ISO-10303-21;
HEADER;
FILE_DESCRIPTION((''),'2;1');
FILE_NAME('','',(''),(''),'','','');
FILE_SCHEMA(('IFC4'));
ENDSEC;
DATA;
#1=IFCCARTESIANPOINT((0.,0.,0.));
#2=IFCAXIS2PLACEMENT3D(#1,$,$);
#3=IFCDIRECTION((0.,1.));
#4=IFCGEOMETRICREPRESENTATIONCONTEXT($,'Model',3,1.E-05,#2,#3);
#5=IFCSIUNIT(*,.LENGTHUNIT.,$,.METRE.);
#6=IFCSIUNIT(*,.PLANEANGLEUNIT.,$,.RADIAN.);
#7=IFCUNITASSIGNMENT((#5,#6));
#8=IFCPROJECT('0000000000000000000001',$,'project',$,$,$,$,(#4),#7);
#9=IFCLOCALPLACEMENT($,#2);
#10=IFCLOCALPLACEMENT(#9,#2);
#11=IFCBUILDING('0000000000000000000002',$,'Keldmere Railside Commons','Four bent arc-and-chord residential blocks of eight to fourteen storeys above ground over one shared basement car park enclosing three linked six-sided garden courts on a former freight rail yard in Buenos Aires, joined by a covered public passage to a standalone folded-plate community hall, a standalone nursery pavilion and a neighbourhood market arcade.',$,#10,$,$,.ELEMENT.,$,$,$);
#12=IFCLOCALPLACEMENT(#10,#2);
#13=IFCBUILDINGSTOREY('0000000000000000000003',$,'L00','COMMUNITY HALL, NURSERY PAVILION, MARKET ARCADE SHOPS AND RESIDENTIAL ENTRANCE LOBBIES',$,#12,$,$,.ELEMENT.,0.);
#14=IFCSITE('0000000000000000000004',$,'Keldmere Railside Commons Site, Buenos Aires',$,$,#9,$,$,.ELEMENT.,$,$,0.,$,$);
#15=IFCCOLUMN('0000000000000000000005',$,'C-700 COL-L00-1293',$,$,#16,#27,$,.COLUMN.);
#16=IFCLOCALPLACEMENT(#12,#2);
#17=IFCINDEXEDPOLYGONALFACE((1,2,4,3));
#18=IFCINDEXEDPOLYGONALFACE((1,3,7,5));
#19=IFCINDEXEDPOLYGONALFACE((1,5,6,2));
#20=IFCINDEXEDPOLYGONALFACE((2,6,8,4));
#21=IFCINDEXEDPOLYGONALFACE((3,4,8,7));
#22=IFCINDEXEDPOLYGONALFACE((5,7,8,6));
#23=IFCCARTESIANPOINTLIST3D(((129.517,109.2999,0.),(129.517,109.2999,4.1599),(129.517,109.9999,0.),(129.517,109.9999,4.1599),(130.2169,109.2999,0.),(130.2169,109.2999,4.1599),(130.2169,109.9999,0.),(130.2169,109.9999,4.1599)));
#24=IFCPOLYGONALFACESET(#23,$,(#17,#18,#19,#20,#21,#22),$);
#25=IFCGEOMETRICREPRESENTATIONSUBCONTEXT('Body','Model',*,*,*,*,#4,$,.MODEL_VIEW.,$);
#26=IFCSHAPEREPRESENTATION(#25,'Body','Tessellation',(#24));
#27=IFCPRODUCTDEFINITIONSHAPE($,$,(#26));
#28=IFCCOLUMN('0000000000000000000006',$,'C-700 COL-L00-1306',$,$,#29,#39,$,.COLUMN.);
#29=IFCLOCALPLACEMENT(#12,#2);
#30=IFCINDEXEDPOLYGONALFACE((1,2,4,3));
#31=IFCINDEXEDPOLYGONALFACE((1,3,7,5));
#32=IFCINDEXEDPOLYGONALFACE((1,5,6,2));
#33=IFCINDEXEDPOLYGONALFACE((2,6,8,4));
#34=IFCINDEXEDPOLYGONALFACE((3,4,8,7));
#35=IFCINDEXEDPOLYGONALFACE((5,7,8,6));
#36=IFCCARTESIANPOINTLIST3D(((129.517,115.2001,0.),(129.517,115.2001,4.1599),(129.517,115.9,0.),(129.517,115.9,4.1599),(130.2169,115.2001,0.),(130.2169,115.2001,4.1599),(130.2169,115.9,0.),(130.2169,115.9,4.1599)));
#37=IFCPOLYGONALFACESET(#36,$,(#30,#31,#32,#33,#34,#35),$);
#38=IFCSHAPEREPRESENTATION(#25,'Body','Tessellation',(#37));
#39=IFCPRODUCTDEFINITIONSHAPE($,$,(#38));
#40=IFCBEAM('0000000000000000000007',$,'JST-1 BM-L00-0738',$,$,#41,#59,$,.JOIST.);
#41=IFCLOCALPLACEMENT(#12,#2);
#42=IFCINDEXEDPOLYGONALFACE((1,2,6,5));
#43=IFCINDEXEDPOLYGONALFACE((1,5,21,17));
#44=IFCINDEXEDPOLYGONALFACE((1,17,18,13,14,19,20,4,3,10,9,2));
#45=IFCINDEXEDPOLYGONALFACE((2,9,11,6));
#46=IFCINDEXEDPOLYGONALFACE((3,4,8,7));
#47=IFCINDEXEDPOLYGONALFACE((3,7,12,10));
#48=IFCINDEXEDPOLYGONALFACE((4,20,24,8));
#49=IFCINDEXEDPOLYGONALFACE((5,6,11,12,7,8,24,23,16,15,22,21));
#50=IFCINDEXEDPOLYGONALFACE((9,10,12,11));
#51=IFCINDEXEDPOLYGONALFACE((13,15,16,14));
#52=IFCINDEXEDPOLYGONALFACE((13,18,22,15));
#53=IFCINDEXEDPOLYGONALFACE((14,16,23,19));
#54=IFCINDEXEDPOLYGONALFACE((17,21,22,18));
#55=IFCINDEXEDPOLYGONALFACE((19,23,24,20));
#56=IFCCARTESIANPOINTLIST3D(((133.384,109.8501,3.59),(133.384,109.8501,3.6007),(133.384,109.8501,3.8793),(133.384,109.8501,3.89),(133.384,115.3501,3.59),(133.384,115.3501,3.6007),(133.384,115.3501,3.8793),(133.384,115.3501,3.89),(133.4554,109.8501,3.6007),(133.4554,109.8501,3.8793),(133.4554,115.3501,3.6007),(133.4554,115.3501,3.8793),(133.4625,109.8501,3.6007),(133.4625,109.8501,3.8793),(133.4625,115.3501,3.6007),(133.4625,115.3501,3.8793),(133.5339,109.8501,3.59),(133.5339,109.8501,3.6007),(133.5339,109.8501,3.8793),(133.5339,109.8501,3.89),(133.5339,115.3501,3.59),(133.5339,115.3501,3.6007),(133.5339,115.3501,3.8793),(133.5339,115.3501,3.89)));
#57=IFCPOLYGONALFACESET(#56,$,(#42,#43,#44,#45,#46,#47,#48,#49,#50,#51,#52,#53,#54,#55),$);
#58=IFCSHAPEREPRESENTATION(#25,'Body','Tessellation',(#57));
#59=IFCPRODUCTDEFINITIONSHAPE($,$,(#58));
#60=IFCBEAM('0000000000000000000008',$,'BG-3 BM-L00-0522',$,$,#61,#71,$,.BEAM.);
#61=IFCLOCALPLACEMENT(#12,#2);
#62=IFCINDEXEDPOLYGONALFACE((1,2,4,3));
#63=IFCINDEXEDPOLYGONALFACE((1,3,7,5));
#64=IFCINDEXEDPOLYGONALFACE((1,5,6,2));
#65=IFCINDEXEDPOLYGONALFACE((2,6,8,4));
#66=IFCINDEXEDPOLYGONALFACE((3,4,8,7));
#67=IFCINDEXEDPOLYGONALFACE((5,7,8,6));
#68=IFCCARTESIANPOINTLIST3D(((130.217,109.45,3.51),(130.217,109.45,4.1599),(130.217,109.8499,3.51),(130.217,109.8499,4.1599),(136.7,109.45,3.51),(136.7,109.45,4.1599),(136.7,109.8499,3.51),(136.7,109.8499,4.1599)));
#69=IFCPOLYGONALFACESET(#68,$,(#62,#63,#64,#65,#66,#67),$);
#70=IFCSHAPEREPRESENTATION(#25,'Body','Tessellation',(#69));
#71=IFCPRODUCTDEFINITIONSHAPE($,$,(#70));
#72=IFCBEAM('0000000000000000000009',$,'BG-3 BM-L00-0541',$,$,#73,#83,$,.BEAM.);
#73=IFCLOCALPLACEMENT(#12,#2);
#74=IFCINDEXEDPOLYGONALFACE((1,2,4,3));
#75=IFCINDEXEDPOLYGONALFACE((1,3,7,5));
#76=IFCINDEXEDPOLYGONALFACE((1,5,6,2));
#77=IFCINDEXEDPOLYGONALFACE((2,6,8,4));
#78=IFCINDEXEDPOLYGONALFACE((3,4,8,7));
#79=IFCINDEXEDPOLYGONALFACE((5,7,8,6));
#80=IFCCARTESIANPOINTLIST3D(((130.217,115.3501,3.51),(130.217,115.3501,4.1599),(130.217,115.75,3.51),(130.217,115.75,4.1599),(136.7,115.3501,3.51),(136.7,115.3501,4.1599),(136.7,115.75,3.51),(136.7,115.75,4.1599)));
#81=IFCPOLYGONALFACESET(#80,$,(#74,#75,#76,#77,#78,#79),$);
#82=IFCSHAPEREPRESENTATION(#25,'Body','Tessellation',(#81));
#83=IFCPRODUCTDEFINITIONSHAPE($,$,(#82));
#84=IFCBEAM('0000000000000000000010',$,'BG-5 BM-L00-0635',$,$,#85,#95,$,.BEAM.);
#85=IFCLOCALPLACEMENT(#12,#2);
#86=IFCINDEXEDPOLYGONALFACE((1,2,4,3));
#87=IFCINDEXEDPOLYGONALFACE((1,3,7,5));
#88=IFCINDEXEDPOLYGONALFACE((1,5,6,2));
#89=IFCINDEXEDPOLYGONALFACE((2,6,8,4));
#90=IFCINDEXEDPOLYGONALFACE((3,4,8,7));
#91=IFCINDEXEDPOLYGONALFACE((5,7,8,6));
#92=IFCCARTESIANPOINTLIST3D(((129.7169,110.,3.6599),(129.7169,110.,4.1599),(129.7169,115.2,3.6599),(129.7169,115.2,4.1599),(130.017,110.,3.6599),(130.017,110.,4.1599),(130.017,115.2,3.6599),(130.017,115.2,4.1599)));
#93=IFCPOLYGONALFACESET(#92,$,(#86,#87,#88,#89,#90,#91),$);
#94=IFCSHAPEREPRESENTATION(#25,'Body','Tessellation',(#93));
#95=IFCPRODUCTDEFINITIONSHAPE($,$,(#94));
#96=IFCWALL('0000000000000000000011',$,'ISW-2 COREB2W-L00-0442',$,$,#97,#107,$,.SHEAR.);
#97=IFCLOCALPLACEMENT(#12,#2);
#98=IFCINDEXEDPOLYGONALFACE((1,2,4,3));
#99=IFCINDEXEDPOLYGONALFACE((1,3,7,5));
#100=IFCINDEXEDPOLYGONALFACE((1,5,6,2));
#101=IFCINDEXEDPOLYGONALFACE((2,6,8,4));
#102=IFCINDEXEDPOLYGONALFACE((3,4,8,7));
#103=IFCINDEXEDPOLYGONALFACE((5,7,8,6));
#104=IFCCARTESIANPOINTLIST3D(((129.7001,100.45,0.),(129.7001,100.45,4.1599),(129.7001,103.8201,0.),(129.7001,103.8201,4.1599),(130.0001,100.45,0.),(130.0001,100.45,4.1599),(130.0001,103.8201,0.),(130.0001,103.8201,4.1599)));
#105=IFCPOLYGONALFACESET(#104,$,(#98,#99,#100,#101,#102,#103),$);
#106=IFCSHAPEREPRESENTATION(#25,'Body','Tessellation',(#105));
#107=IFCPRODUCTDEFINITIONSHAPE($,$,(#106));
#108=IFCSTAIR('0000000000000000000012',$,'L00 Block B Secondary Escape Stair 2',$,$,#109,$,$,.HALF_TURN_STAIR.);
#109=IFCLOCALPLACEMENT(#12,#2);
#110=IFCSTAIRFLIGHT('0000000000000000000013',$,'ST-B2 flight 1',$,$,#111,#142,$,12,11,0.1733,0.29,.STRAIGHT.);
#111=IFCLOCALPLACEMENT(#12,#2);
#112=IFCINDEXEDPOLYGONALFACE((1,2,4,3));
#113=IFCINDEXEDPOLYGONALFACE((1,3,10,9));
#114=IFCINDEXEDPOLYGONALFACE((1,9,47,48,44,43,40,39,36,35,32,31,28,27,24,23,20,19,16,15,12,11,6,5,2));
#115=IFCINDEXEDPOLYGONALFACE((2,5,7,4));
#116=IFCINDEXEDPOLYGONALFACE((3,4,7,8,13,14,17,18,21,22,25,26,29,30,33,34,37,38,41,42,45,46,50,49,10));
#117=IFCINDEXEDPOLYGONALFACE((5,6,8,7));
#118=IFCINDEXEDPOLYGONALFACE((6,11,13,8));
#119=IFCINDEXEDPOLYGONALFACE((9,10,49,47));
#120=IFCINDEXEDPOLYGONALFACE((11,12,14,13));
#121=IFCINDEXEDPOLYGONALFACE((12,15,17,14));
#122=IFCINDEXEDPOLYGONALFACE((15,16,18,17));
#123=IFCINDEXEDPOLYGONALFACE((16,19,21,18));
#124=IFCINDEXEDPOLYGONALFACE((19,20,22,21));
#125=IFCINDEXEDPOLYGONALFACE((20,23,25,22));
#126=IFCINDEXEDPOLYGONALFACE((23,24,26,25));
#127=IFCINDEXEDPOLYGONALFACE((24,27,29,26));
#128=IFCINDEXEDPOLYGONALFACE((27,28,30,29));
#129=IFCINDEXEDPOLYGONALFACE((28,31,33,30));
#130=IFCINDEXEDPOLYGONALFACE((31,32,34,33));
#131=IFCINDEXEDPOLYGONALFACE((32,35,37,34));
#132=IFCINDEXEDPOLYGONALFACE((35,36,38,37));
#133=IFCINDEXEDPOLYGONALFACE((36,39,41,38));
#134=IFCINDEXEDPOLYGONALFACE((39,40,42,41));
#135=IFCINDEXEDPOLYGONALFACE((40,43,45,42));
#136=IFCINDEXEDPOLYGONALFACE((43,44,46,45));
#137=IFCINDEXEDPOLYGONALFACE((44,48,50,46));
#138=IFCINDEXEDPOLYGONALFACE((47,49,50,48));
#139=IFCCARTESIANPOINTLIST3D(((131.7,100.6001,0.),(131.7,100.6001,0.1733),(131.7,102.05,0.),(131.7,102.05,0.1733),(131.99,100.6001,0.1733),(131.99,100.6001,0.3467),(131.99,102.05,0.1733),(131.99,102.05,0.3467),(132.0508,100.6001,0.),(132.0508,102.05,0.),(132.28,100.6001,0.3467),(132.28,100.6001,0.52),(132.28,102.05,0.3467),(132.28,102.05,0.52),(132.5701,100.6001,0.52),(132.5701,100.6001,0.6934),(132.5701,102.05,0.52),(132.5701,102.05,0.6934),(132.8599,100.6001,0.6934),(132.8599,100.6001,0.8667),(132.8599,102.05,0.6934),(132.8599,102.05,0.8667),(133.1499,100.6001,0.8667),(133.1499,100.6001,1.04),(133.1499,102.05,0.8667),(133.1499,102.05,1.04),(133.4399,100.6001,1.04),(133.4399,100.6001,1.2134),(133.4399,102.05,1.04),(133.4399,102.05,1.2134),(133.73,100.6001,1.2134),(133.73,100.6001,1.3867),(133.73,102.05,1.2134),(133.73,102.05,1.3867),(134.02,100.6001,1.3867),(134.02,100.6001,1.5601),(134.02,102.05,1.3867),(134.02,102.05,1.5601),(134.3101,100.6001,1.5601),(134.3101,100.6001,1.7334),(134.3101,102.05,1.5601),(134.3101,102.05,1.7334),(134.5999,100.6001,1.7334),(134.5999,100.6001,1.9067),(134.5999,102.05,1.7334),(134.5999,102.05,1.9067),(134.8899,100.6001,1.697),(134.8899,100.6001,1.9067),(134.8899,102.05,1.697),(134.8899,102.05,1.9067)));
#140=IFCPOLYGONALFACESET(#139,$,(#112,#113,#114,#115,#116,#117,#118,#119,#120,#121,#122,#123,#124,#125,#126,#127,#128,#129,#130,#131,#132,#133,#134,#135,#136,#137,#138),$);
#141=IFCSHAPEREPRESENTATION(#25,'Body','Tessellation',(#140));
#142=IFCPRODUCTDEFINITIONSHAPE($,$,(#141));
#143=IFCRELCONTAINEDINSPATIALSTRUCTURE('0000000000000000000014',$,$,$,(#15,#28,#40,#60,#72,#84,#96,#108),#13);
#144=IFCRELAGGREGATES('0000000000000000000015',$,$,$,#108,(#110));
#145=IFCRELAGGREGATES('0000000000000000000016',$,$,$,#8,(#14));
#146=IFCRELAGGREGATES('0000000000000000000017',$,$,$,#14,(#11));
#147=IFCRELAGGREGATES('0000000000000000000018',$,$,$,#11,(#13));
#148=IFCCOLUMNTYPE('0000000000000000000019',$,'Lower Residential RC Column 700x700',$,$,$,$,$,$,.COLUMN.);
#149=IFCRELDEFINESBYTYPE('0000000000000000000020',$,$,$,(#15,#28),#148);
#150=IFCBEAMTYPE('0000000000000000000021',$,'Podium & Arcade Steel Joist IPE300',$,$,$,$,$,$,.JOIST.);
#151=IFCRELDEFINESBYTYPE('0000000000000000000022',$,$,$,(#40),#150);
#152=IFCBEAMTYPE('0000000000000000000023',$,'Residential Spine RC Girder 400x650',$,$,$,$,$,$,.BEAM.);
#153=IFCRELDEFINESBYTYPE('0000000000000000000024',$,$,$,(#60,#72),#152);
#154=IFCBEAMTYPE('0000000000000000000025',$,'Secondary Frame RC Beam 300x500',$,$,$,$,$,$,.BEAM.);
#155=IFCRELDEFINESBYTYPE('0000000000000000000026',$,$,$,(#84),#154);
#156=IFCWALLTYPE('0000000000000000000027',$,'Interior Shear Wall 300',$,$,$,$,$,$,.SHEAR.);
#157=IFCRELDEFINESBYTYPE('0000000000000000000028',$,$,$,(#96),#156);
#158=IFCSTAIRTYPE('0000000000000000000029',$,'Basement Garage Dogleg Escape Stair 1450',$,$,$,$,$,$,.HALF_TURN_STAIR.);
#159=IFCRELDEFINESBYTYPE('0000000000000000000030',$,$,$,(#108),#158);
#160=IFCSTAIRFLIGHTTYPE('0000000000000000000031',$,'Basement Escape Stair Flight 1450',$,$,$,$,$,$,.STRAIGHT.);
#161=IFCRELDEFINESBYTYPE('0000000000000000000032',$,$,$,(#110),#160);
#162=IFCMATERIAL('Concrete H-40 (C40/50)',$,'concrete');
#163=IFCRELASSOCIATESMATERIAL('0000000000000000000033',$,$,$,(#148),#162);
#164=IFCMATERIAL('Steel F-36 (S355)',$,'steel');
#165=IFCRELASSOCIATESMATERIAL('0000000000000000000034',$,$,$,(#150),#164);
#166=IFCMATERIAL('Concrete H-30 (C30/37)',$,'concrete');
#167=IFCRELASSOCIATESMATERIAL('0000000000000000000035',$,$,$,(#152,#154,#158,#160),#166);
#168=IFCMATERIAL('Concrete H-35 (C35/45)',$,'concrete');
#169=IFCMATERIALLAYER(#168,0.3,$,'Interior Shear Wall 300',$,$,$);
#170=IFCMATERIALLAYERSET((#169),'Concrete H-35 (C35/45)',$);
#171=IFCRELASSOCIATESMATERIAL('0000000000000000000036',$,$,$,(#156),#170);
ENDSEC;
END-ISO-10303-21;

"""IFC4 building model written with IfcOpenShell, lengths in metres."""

from ifc_helpers import new_model, si_unit, direction, frame, frame_2d, origin, origin_2d, place, context, subcontext, project, spatial, polyline, rectangle, i_section, outline, extrude, material, layer, layer_set, material_profile, profile_set, type_object, element, aggregate, save


model = new_model("IFC4")

# Units and contexts
model_context = context("Model", 3, precision=1e-05, world=origin(), true_north=direction((0.0, 1.0)))
body_context = subcontext(model_context, "Body", "Model", "MODEL_VIEW")
ifc_project = project(units=[si_unit("LENGTHUNIT", "METRE"), si_unit("PLANEANGLEUNIT", "RADIAN")], contexts=[model_context])

# Site, building, storey
site_placement = place(None, origin())
site = spatial("IfcSite", under=ifc_project, at=site_placement, Name="Keldmere Railside Commons Site, Buenos Aires", CompositionType="ELEMENT", RefElevation=0.0)
building_placement = place(site_placement, origin())
building = spatial("IfcBuilding", under=site, at=building_placement, Name="Keldmere Railside Commons", Description="Four bent arc-and-chord residential blocks of eight to fourteen storeys above ground over one shared basement car park enclosing three linked six-sided garden courts on a former freight rail yard in Buenos Aires, joined by a covered public passage to a standalone folded-plate community hall, a standalone nursery pavilion and a neighbourhood market arcade.", CompositionType="ELEMENT")
storey_placement = place(building_placement, origin())
storey = spatial("IfcBuildingStorey", under=building, at=storey_placement, Name="L00", Description="COMMUNITY HALL, NURSERY PAVILION, MARKET ARCADE SHOPS AND RESIDENTIAL ENTRANCE LOBBIES", CompositionType="ELEMENT", Elevation=0.0)

# Columns
ifc_material_1 = material(Name="Concrete H-40 (C40/50)", Category="concrete")
ifc_material_profile_1 = material_profile(ifc_material_1, rectangle(XDim=0.7, YDim=0.7, at=origin_2d()), Name="RC-700x700")
ifc_profile_set_1 = profile_set([ifc_material_profile_1], Name="Concrete H-40 (C40/50)")
column_type = type_object("IfcColumnType", Name="Lower Residential RC Column 700x700", PredefinedType="COLUMN", material=ifc_profile_set_1)
for number, where, z_axis, x_axis, name in (
    (1, (129.8669, 109.6499, 0.0), (0.0, 0.0, 1.0), (1.0, 0.0, 0.0), "C-700 COL-L00-1293"),
    (2, (129.8669, 115.55, 0.0), (0.0, 0.0, 1.0), (1.0, 0.0, 0.0), "C-700 COL-L00-1306"),
):
    element("IfcColumn", number, at=place(storey_placement, frame(where, z_axis=z_axis, x_axis=x_axis)), inside=storey, type_object=column_type, Name=name, PredefinedType="COLUMN", context=body_context, shape_type="SweptSolid", body=[
        extrude(rectangle(XDim=0.7, YDim=0.7, at=origin_2d()), origin(), (0.0, 0.0, 1.0), 4.1599),
    ])

# Beams
ifc_material_2 = material(Name="Steel F-36 (S355)", Category="steel")
ifc_material_profile_2 = material_profile(ifc_material_2, i_section(OverallWidth=0.1499, OverallDepth=0.3, WebThickness=0.0071, FlangeThickness=0.0107, at=origin_2d()), Name="IPE-300")
ifc_profile_set_2 = profile_set([ifc_material_profile_2], Name="Steel F-36 (S355)")
beam_type_1 = type_object("IfcBeamType", Name="Podium & Arcade Steel Joist IPE300", PredefinedType="JOIST", material=ifc_profile_set_2)
beam_1_placement = place(storey_placement, frame((133.459, 109.8501, 3.74), z_axis=(0.0, 1.0, 0.0), x_axis=(-1.0, 0.0, 0.0)))
element("IfcBeam", 3, at=beam_1_placement, inside=storey, type_object=beam_type_1, Name="JST-1 BM-L00-0738", PredefinedType="JOIST", context=body_context, shape_type="SweptSolid", body=[
    extrude(i_section(OverallWidth=0.1499, OverallDepth=0.3, WebThickness=0.0071, FlangeThickness=0.0107, at=origin_2d()), origin(), (0.0, 0.0, 1.0), 5.5),
])
ifc_material_3 = material(Name="Concrete H-30 (C30/37)", Category="concrete")
ifc_material_profile_3 = material_profile(ifc_material_3, rectangle(XDim=0.3999, YDim=0.6499, at=origin_2d()), Name="RC-400x650")
ifc_profile_set_3 = profile_set([ifc_material_profile_3], Name="Concrete H-30 (C30/37)")
beam_type_2 = type_object("IfcBeamType", Name="Residential Spine RC Girder 400x650", PredefinedType="BEAM", material=ifc_profile_set_3)
for number, where, z_axis, x_axis, name in (
    (4, (130.217, 109.6499, 3.835), (1.0, 0.0, 0.0), (0.0, 1.0, 0.0), "BG-3 BM-L00-0522"),
    (5, (130.217, 115.55, 3.835), (1.0, 0.0, 0.0), (0.0, 1.0, 0.0), "BG-3 BM-L00-0541"),
):
    element("IfcBeam", number, at=place(storey_placement, frame(where, z_axis=z_axis, x_axis=x_axis)), inside=storey, type_object=beam_type_2, Name=name, PredefinedType="BEAM", context=body_context, shape_type="SweptSolid", body=[
        extrude(rectangle(XDim=0.3999, YDim=0.6499, at=origin_2d()), origin(), (0.0, 0.0, 1.0), 6.4829),
    ])
ifc_material_profile_4 = material_profile(ifc_material_3, rectangle(XDim=0.3, YDim=0.5, at=origin_2d()), Name="RC-300x500")
ifc_profile_set_4 = profile_set([ifc_material_profile_4], Name="Concrete H-30 (C30/37)")
beam_type_3 = type_object("IfcBeamType", Name="Secondary Frame RC Beam 300x500", PredefinedType="BEAM", material=ifc_profile_set_4)
beam_2_placement = place(storey_placement, frame((129.8669, 110.0, 3.9099), z_axis=(0.0, 1.0, 0.0), x_axis=(-1.0, 0.0, 0.0)))
element("IfcBeam", 6, at=beam_2_placement, inside=storey, type_object=beam_type_3, Name="BG-5 BM-L00-0635", PredefinedType="BEAM", context=body_context, shape_type="SweptSolid", body=[
    extrude(rectangle(XDim=0.3, YDim=0.5, at=origin_2d()), origin(), (0.0, 0.0, 1.0), 5.2),
])

# Wall
ifc_material_4 = material(Name="Concrete H-35 (C35/45)", Category="concrete")
ifc_layer = layer(ifc_material_4, 0.3, Name="Interior Shear Wall 300")
ifc_layer_set = layer_set([ifc_layer], Name="Concrete H-35 (C35/45)")
wall_type = type_object("IfcWallType", Name="Interior Shear Wall 300", PredefinedType="SHEAR", material=ifc_layer_set)
wall_placement = place(storey_placement, frame((129.8501, 103.8201, 0.0), z_axis=(0.0, 0.0, 1.0), x_axis=(0.0, -1.0, 0.0)))
element("IfcWall", 7, at=wall_placement, inside=storey, type_object=wall_type, Name="ISW-2 COREB2W-L00-0442", PredefinedType="SHEAR", context=body_context, shape_type="SweptSolid", body=[
    extrude(rectangle(XDim=3.3701, YDim=0.3, at=frame_2d((1.6851, 0.0))), origin(), (0.0, 0.0, 1.0), 4.1599),
])

# Stair, stair flight
stair_type = type_object("IfcStairType", Name="Basement Garage Dogleg Escape Stair 1450", PredefinedType="HALF_TURN_STAIR", material=ifc_material_3)
stair_placement = place(storey_placement, origin())
stair = element("IfcStair", 8, at=stair_placement, inside=storey, type_object=stair_type, Name="L00 Block B Secondary Escape Stair 2", PredefinedType="HALF_TURN_STAIR")
stair_flight_type = type_object("IfcStairFlightType", Name="Basement Escape Stair Flight 1450", PredefinedType="STRAIGHT", material=ifc_material_3)
stair_flight_placement = place(storey_placement, frame((131.7, 101.325, 0.0), z_axis=(0.0, 0.0, 1.0), x_axis=(1.0, 0.0, 0.0)))
stair_flight = element("IfcStairFlight", 9, at=stair_flight_placement, type_object=stair_flight_type, Name="ST-B2 flight 1", NumberOfRisers=12, NumberOfTreads=11, PredefinedType="STRAIGHT", RiserHeight=0.1733, TreadLength=0.29, context=body_context, shape_type="SweptSolid", body=[
    extrude(outline(polyline([(0.0, 0.0), (0.0, 0.1733), (0.29, 0.1733), (0.29, 0.3467), (0.5801, 0.3467), (0.5801, 0.52), (0.8701, 0.52), (0.8701, 0.6934), (1.1599, 0.6934), (1.1599, 0.8667), (1.45, 0.8667), (1.45, 1.04), (1.74, 1.04), (1.74, 1.2134), (2.03, 1.2134), (2.03, 1.3867), (2.3201, 1.3867), (2.3201, 1.5601), (2.6101, 1.5601), (2.6101, 1.7334), (2.8999, 1.7334), (2.8999, 1.9067), (3.1899, 1.9067), (3.1899, 2.0801), (3.1899, 1.697), (0.3508, 0.0), (0.0, 0.0)])), frame((0.0, 0.7251, 0.0), z_axis=(0.0, -1.0, 0.0), x_axis=(1.0, 0.0, 0.0)), (0.0, 0.0, 1.0), 1.45),
])
aggregate(stair, [stair_flight])

save(model, "model.ifc")
